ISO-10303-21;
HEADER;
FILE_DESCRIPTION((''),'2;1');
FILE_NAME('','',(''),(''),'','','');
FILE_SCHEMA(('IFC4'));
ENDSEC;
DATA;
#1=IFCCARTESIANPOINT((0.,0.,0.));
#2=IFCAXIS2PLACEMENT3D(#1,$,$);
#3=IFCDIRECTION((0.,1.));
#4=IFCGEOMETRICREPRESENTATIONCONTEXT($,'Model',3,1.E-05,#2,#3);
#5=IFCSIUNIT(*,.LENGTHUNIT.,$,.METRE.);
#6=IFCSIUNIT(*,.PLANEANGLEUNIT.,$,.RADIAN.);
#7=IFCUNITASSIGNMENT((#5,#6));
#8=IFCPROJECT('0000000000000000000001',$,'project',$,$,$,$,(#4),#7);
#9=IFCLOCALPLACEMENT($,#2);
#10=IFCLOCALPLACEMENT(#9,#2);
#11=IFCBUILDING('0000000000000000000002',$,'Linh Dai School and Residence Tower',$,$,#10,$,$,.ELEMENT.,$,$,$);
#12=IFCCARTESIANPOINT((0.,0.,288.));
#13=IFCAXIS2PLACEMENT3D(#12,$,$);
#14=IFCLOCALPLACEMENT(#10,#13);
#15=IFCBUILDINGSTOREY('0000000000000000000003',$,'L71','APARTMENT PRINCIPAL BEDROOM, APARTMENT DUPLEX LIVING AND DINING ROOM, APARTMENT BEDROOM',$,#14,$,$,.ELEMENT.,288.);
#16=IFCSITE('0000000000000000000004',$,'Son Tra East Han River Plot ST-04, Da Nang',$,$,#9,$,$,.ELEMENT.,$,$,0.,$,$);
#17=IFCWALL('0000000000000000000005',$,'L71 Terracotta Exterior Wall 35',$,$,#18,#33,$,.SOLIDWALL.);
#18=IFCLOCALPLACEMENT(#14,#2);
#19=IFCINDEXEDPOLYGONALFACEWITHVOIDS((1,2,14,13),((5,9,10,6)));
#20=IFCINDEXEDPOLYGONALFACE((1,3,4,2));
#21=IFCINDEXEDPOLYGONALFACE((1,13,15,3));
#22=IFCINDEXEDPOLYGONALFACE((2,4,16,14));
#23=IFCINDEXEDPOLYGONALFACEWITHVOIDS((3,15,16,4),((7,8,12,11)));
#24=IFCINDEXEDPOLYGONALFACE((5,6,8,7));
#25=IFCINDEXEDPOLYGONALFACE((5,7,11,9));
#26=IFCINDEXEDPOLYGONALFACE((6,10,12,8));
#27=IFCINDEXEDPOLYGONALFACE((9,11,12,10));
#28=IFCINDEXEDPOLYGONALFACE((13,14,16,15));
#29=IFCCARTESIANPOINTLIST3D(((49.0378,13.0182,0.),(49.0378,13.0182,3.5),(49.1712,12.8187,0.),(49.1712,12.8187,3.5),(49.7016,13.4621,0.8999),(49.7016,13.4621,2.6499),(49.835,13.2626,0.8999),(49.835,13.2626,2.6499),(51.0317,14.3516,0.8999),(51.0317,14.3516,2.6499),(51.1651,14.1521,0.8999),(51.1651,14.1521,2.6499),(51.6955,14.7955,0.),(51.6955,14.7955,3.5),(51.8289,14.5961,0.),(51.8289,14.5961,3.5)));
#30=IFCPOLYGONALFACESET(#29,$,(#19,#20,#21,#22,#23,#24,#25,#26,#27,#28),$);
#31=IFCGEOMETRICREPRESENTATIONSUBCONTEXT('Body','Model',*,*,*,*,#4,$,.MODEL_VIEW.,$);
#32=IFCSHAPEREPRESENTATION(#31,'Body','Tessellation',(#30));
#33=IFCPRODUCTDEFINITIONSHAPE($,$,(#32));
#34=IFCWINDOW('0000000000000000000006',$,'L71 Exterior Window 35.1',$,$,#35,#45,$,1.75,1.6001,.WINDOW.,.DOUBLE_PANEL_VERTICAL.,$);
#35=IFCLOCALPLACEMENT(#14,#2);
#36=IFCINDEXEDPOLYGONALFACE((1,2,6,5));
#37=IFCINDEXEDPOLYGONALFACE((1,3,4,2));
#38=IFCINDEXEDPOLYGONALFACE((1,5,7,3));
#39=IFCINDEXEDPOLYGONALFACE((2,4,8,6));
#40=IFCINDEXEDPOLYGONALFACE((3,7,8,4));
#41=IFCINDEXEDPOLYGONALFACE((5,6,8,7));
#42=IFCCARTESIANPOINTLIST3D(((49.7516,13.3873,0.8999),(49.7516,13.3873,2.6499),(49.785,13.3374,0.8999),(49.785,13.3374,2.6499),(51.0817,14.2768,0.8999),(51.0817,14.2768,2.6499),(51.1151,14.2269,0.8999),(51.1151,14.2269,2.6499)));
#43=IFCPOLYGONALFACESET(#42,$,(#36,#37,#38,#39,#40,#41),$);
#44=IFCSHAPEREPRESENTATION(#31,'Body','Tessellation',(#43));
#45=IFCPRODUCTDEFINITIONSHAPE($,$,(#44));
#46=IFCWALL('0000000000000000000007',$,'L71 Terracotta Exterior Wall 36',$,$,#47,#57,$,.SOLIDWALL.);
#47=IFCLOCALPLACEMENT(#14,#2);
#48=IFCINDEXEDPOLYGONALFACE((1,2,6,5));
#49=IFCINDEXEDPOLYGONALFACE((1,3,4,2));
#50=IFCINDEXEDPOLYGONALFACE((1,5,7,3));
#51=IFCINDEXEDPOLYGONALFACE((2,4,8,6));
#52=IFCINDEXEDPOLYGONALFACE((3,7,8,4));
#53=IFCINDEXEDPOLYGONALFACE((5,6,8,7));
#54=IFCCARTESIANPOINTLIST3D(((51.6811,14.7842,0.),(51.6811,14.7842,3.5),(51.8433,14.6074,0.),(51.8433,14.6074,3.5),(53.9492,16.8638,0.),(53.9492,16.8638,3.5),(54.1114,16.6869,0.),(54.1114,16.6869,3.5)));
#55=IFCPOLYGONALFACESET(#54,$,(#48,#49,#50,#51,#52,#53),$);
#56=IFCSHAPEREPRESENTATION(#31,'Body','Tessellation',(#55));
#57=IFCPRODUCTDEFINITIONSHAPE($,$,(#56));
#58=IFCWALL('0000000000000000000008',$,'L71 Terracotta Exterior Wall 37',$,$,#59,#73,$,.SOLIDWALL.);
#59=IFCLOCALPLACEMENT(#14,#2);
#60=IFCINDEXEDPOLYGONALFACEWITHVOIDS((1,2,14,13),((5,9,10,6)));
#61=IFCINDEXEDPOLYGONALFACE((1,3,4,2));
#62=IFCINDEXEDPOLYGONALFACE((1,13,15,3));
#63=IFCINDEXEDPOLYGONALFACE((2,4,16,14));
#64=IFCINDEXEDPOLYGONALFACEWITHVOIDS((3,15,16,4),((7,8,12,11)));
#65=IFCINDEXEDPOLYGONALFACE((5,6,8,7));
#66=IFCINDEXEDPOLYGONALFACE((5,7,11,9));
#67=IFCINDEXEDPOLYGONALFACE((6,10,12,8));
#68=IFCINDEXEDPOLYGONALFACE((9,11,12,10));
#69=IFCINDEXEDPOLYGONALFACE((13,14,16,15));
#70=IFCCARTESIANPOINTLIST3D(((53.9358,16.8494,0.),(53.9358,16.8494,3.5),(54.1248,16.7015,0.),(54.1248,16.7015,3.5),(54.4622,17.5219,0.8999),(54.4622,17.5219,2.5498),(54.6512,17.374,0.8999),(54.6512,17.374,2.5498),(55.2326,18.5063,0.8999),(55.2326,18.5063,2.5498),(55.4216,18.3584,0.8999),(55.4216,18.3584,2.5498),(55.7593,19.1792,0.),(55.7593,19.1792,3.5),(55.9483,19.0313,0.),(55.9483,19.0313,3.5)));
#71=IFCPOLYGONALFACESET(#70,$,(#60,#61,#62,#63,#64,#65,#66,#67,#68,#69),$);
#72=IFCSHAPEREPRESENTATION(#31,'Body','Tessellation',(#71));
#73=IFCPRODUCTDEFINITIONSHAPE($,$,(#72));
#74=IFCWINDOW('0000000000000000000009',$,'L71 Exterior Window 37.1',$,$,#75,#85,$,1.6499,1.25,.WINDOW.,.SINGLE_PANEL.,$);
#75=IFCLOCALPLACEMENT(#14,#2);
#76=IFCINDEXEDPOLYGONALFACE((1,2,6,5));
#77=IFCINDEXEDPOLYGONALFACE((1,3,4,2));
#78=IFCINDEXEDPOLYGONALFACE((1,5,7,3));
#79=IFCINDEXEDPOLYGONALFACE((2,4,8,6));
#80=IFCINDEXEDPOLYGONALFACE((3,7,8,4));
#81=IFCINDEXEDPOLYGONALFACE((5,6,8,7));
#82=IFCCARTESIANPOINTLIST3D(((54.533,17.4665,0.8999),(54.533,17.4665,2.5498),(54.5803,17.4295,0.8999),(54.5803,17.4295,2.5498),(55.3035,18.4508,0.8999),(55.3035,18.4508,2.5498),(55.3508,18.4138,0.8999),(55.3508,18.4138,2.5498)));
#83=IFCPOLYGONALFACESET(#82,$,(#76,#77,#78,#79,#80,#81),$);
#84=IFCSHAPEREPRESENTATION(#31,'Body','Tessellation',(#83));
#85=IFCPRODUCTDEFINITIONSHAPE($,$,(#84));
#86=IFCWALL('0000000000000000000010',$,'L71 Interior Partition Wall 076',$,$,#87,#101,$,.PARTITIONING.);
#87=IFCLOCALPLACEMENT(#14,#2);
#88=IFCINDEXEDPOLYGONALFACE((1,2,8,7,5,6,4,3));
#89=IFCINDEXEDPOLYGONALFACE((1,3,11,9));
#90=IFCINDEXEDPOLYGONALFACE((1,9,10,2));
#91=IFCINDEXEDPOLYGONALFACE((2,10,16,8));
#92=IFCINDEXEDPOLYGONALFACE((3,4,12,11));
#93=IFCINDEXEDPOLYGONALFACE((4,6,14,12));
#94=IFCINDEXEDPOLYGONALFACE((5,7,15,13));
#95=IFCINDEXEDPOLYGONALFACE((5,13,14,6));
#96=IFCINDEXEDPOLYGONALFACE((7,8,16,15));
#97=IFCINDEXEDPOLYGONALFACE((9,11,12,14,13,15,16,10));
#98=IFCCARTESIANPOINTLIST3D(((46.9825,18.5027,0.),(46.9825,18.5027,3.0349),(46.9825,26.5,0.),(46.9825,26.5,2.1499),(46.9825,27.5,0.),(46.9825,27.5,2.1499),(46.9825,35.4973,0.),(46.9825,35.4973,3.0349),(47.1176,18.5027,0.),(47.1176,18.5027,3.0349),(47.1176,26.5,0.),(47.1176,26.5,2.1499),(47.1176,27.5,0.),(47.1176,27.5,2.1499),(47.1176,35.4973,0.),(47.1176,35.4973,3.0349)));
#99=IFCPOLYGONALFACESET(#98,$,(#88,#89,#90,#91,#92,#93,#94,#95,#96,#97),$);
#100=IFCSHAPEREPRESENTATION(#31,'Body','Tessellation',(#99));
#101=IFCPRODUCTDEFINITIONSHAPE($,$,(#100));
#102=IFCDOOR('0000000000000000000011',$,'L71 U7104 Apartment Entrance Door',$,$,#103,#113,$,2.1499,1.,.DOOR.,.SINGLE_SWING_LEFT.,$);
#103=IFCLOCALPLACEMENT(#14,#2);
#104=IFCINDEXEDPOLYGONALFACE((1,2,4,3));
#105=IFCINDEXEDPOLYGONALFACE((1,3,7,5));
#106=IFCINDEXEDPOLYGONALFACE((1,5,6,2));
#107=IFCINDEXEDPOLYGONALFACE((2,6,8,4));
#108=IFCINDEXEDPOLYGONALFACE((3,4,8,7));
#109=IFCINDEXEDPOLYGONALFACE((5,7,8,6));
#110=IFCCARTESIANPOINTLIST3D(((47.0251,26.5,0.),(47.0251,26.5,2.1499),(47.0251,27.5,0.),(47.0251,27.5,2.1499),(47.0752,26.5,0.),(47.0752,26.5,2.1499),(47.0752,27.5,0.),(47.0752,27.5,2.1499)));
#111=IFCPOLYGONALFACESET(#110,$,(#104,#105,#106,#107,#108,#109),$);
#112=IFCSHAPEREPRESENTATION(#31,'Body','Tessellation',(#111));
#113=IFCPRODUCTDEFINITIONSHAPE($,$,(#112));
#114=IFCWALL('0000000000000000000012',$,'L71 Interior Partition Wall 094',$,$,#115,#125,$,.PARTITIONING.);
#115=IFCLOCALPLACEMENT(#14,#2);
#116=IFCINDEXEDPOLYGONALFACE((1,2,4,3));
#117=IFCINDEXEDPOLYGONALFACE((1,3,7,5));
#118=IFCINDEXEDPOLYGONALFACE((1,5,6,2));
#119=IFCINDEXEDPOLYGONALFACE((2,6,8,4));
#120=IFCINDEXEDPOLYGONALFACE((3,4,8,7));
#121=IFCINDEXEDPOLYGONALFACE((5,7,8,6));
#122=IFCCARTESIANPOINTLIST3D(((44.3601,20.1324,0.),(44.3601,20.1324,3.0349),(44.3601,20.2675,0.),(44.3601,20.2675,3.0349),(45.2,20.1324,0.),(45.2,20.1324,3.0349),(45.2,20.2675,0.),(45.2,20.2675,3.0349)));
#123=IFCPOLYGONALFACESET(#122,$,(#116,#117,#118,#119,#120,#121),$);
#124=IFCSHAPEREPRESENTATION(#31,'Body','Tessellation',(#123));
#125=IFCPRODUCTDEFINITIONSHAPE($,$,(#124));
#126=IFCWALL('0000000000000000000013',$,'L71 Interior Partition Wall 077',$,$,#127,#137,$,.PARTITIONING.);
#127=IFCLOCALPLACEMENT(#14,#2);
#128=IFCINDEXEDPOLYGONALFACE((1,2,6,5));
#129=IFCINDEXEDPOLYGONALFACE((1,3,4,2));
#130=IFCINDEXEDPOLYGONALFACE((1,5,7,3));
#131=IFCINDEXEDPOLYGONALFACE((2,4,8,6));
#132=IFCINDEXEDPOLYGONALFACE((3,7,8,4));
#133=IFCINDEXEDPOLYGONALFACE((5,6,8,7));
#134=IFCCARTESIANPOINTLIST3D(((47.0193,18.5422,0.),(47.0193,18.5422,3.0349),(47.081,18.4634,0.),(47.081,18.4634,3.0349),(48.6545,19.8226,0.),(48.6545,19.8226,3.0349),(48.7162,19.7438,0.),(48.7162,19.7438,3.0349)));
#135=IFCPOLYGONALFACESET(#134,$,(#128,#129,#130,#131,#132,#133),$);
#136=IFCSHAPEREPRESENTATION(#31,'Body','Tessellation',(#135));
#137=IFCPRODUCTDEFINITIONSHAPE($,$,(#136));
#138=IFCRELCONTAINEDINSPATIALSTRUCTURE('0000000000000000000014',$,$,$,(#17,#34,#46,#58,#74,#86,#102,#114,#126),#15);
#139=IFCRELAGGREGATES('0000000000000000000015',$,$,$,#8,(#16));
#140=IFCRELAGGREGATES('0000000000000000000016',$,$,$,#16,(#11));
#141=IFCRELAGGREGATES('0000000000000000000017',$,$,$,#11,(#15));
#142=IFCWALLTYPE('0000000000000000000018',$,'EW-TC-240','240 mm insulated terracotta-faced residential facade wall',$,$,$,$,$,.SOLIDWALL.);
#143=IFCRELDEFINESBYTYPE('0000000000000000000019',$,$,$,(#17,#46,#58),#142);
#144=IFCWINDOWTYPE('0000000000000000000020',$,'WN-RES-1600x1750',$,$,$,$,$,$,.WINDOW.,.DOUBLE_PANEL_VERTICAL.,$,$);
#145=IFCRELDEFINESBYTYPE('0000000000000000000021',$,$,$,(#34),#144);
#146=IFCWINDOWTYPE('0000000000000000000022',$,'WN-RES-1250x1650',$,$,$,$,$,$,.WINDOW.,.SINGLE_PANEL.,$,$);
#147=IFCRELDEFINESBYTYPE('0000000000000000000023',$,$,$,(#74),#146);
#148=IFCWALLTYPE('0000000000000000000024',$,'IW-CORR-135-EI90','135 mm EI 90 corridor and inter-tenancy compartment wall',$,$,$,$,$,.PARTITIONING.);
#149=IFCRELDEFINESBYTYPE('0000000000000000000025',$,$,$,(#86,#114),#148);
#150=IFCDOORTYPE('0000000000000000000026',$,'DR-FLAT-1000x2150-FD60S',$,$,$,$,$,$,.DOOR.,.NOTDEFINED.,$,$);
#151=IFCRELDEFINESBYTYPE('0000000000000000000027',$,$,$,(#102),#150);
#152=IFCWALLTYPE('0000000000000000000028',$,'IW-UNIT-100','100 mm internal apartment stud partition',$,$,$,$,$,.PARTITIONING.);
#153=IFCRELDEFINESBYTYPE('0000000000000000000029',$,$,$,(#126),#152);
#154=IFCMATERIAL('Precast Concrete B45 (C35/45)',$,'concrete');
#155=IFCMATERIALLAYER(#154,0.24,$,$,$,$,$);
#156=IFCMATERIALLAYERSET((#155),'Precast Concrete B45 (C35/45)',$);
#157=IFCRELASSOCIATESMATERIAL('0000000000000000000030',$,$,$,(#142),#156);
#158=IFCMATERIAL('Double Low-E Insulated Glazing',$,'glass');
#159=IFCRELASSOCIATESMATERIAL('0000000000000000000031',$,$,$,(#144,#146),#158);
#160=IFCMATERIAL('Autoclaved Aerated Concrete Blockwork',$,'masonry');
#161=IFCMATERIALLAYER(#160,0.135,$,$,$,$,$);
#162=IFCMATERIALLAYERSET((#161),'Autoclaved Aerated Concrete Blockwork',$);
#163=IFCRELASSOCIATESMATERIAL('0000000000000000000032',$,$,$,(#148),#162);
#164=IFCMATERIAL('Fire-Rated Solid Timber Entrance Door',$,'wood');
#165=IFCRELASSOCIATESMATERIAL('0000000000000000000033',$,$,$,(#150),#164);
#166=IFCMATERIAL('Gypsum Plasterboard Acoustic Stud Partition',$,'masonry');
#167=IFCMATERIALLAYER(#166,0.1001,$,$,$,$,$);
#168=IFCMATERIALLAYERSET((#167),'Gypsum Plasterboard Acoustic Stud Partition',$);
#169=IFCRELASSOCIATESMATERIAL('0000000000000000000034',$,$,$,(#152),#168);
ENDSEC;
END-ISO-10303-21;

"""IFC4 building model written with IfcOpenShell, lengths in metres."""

from ifc_helpers import new_model, si_unit, direction, frame, frame_2d, origin, origin_2d, place, context, subcontext, project, spatial, rectangle, extrude, source, transform, mapped, material, layer, layer_set, type_object, element, fill, save


model = new_model("IFC4")

# Units and contexts
model_context = context("Model", 3, precision=1e-05, world=origin(), true_north=direction((0.0, 1.0)))
body_context = subcontext(model_context, "Body", "Model", "MODEL_VIEW")
ifc_project = project(units=[si_unit("LENGTHUNIT", "METRE"), si_unit("PLANEANGLEUNIT", "RADIAN")], contexts=[model_context])

# Site, building, storey
site_placement = place(None, origin())
site = spatial("IfcSite", under=ifc_project, at=site_placement, Name="Son Tra East Han River Plot ST-04, Da Nang", CompositionType="ELEMENT", RefElevation=0.0)
building_placement = place(site_placement, origin())
building = spatial("IfcBuilding", under=site, at=building_placement, Name="Linh Dai School and Residence Tower", CompositionType="ELEMENT")
storey_placement = place(building_placement, frame((0.0, 0.0, 288.0)))
storey = spatial("IfcBuildingStorey", under=building, at=storey_placement, Name="L71", Description="APARTMENT PRINCIPAL BEDROOM, APARTMENT DUPLEX LIVING AND DINING ROOM, APARTMENT BEDROOM", CompositionType="ELEMENT", Elevation=288.0)

# Shared definitions
ifc_material_1 = material(Name="Precast Concrete B45 (C35/45)", Category="concrete")

# Shared definitions
ifc_layer_1 = layer(ifc_material_1, 0.24)
ifc_layer_set_1 = layer_set([ifc_layer_1], Name="Precast Concrete B45 (C35/45)")
wall_type_1 = type_object("IfcWallType", Name="EW-TC-240", Description="240 mm insulated terracotta-faced residential facade wall", PredefinedType="SOLIDWALL", material=ifc_layer_set_1)

# Wall, opening, window
ifc_material_2 = material(Name="Double Low-E Insulated Glazing", Category="glass")
window_type_1 = type_object("IfcWindowType", Name="WN-RES-1600x1750", PartitioningType="DOUBLE_PANEL_VERTICAL", PredefinedType="WINDOW", material=ifc_material_2)
shared_shape_1 = source(origin(), body_context, "Body", "SweptSolid", [
    extrude(rectangle(XDim=1.6001, YDim=1.75, at=origin_2d()), frame((0.8, 0.03, 0.875), z_axis=(0.0, -1.0, 0.0), x_axis=(1.0, 0.0, 0.0)), (0.0, 0.0, 1.0), 0.0601),
])
wall_1_placement = place(storey_placement, frame((51.7622, 14.6958, 0.0), z_axis=(0.0, 0.0, 1.0), x_axis=(-0.831251, -0.555898, 0.0)))
wall_1 = element("IfcWall", 1, at=wall_1_placement, inside=storey, type_object=wall_type_1, Name="L71 Terracotta Exterior Wall 35", PredefinedType="SOLIDWALL", context=body_context, shape_type="SweptSolid", body=[
    extrude(rectangle(XDim=3.1973, YDim=0.24, at=frame_2d((1.5986, 0.0))), origin(), (0.0, 0.0, 1.0), 3.5),
])
opening_1_placement = place(wall_1_placement, frame((0.7986, 0.0, 0.8999)))
opening_1 = element("IfcOpeningElement", 2, at=opening_1_placement, cuts=wall_1, PredefinedType="OPENING", context=body_context, shape_type="SweptSolid", body=[
    extrude(rectangle(XDim=1.6001, YDim=1.75, at=origin_2d()), frame((0.8, 0.1299, 0.875), z_axis=(0.0, -1.0, 0.0), x_axis=(1.0, 0.0, 0.0)), (0.0, 0.0, 1.0), 0.26),
])
window_1_placement = place(opening_1_placement, origin())
window_1 = element("IfcWindow", 3, at=window_1_placement, inside=storey, type_object=window_type_1, Name="L71 Exterior Window 35.1", OverallHeight=1.75, OverallWidth=1.6001, PartitioningType="DOUBLE_PANEL_VERTICAL", PredefinedType="WINDOW", context=body_context, shape_type="MappedRepresentation", body=[
    mapped(shared_shape_1, transform((0.0, 0.0, 0.0), x_axis=(1.0, 0.0, 0.0), y_axis=(0.0, 1.0, 0.0), z_axis=(0.0, 0.0, 1.0), scale=1.0)),
])
fill(opening_1, window_1)

# Wall
wall_2_placement = place(storey_placement, frame((54.0303, 16.7754, 0.0), z_axis=(0.0, 0.0, 1.0), x_axis=(-0.737069, -0.675818, 0.0)))
element("IfcWall", 4, at=wall_2_placement, inside=storey, type_object=wall_type_1, Name="L71 Terracotta Exterior Wall 36", PredefinedType="SOLIDWALL", context=body_context, shape_type="SweptSolid", body=[
    extrude(rectangle(XDim=3.0771, YDim=0.24, at=frame_2d((1.5386, 0.0))), origin(), (0.0, 0.0, 1.0), 3.5),
])

# Wall, opening, window
wall_3_placement = place(storey_placement, frame((55.8538, 19.1052, 0.0), z_axis=(0.0, 0.0, 1.0), x_axis=(-0.616337, -0.787482, 0.0)))
wall_3 = element("IfcWall", 5, at=wall_3_placement, inside=storey, type_object=wall_type_1, Name="L71 Terracotta Exterior Wall 37", PredefinedType="SOLIDWALL", context=body_context, shape_type="SweptSolid", body=[
    extrude(rectangle(XDim=2.9585, YDim=0.24, at=frame_2d((1.4792, 0.0))), origin(), (0.0, 0.0, 1.0), 3.5),
])
opening_2_placement = place(wall_3_placement, frame((0.8545, 0.0, 0.8999)))
opening_2 = element("IfcOpeningElement", 6, at=opening_2_placement, cuts=wall_3, PredefinedType="OPENING", context=body_context, shape_type="SweptSolid", body=[
    extrude(rectangle(XDim=1.25, YDim=1.6499, at=origin_2d()), frame((0.625, 0.1299, 0.825), z_axis=(0.0, -1.0, 0.0), x_axis=(1.0, 0.0, 0.0)), (0.0, 0.0, 1.0), 0.26),
])
window_type_2 = type_object("IfcWindowType", Name="WN-RES-1250x1650", PartitioningType="SINGLE_PANEL", PredefinedType="WINDOW", material=ifc_material_2)
shared_shape_2 = source(origin(), body_context, "Body", "SweptSolid", [
    extrude(rectangle(XDim=1.25, YDim=1.6499, at=origin_2d()), frame((0.625, 0.03, 0.825), z_axis=(0.0, -1.0, 0.0), x_axis=(1.0, 0.0, 0.0)), (0.0, 0.0, 1.0), 0.0601),
])
window_2_placement = place(opening_2_placement, origin())
window_2 = element("IfcWindow", 7, at=window_2_placement, inside=storey, type_object=window_type_2, Name="L71 Exterior Window 37.1", OverallHeight=1.6499, OverallWidth=1.25, PartitioningType="SINGLE_PANEL", PredefinedType="WINDOW", context=body_context, shape_type="MappedRepresentation", body=[
    mapped(shared_shape_2, transform((0.0, 0.0, 0.0), x_axis=(1.0, 0.0, 0.0), y_axis=(0.0, 1.0, 0.0), z_axis=(0.0, 0.0, 1.0), scale=1.0)),
])
fill(opening_2, window_2)

# Wall, opening, door
ifc_material_3 = material(Name="Autoclaved Aerated Concrete Blockwork", Category="masonry")
ifc_layer_2 = layer(ifc_material_3, 0.135)
ifc_layer_set_2 = layer_set([ifc_layer_2], Name="Autoclaved Aerated Concrete Blockwork")
wall_type_2 = type_object("IfcWallType", Name="IW-CORR-135-EI90", Description="135 mm EI 90 corridor and inter-tenancy compartment wall", PredefinedType="PARTITIONING", material=ifc_layer_set_2)
wall_4_placement = place(storey_placement, frame((47.05, 18.5027, 0.0), z_axis=(0.0, 0.0, 1.0), x_axis=(0.0, 1.0, 0.0)))
wall_4 = element("IfcWall", 8, at=wall_4_placement, inside=storey, type_object=wall_type_2, Name="L71 Interior Partition Wall 076", PredefinedType="PARTITIONING", context=body_context, shape_type="SweptSolid", body=[
    extrude(rectangle(XDim=16.9946, YDim=0.135, at=frame_2d((8.4973, 0.0))), origin(), (0.0, 0.0, 1.0), 3.0349),
])
opening_3_placement = place(wall_4_placement, frame((7.9973, 0.0, 0.0)))
opening_3 = element("IfcOpeningElement", 9, at=opening_3_placement, cuts=wall_4, PredefinedType="OPENING", context=body_context, shape_type="SweptSolid", body=[
    extrude(rectangle(XDim=1.0, YDim=2.1499, at=origin_2d()), frame((0.5, 0.0776, 1.075), z_axis=(0.0, -1.0, 0.0), x_axis=(1.0, 0.0, 0.0)), (0.0, 0.0, 1.0), 0.155),
])
ifc_material_4 = material(Name="Fire-Rated Solid Timber Entrance Door", Category="wood")
door_type_1 = type_object("IfcDoorType", Name="DR-FLAT-1000x2150-FD60S", OperationType="NOTDEFINED", PredefinedType="DOOR", material=ifc_material_4)
shared_shape_3 = source(origin(), body_context, "Body", "SweptSolid", [
    extrude(rectangle(XDim=1.0, YDim=2.1499, at=origin_2d()), frame((0.5, 0.0249, 1.075), z_axis=(0.0, -1.0, 0.0), x_axis=(1.0, 0.0, 0.0)), (0.0, 0.0, 1.0), 0.05),
])
door_1_placement = place(opening_3_placement, origin())
door_1 = element("IfcDoor", 10, at=door_1_placement, inside=storey, type_object=door_type_1, Name="L71 U7104 Apartment Entrance Door", OperationType="SINGLE_SWING_LEFT", OverallHeight=2.1499, OverallWidth=1.0, PredefinedType="DOOR", context=body_context, shape_type="MappedRepresentation", body=[
    mapped(shared_shape_3, transform((0.0, 0.0, 0.0), x_axis=(1.0, 0.0, 0.0), y_axis=(0.0, 1.0, 0.0), z_axis=(0.0, 0.0, 1.0), scale=1.0)),
])
fill(opening_3, door_1)

# Walls
wall_5_placement = place(storey_placement, frame((44.3601, 20.2, 0.0), z_axis=(0.0, 0.0, 1.0), x_axis=(1.0, 0.0, 0.0)))
element("IfcWall", 11, at=wall_5_placement, inside=storey, type_object=wall_type_2, Name="L71 Interior Partition Wall 094", PredefinedType="PARTITIONING", context=body_context, shape_type="SweptSolid", body=[
    extrude(rectangle(XDim=0.8398, YDim=0.135, at=frame_2d((0.4199, 0.0))), origin(), (0.0, 0.0, 1.0), 3.0349),
])
ifc_material_5 = material(Name="Gypsum Plasterboard Acoustic Stud Partition", Category="masonry")
ifc_layer_3 = layer(ifc_material_5, 0.1001)
ifc_layer_set_3 = layer_set([ifc_layer_3], Name="Gypsum Plasterboard Acoustic Stud Partition")
wall_type_3 = type_object("IfcWallType", Name="IW-UNIT-100", Description="100 mm internal apartment stud partition", PredefinedType="PARTITIONING", material=ifc_layer_set_3)
wall_6_placement = place(storey_placement, frame((47.05, 18.5027, 0.0), z_axis=(0.0, 0.0, 1.0), x_axis=(0.787329, 0.616533, 0.0)))
element("IfcWall", 12, at=wall_6_placement, inside=storey, type_object=wall_type_3, Name="L71 Interior Partition Wall 077", PredefinedType="PARTITIONING", context=body_context, shape_type="SweptSolid", body=[
    extrude(rectangle(XDim=2.0769, YDim=0.1001, at=frame_2d((1.0386, 0.0))), origin(), (0.0, 0.0, 1.0), 3.0349),
])

save(model, "model.ifc")
